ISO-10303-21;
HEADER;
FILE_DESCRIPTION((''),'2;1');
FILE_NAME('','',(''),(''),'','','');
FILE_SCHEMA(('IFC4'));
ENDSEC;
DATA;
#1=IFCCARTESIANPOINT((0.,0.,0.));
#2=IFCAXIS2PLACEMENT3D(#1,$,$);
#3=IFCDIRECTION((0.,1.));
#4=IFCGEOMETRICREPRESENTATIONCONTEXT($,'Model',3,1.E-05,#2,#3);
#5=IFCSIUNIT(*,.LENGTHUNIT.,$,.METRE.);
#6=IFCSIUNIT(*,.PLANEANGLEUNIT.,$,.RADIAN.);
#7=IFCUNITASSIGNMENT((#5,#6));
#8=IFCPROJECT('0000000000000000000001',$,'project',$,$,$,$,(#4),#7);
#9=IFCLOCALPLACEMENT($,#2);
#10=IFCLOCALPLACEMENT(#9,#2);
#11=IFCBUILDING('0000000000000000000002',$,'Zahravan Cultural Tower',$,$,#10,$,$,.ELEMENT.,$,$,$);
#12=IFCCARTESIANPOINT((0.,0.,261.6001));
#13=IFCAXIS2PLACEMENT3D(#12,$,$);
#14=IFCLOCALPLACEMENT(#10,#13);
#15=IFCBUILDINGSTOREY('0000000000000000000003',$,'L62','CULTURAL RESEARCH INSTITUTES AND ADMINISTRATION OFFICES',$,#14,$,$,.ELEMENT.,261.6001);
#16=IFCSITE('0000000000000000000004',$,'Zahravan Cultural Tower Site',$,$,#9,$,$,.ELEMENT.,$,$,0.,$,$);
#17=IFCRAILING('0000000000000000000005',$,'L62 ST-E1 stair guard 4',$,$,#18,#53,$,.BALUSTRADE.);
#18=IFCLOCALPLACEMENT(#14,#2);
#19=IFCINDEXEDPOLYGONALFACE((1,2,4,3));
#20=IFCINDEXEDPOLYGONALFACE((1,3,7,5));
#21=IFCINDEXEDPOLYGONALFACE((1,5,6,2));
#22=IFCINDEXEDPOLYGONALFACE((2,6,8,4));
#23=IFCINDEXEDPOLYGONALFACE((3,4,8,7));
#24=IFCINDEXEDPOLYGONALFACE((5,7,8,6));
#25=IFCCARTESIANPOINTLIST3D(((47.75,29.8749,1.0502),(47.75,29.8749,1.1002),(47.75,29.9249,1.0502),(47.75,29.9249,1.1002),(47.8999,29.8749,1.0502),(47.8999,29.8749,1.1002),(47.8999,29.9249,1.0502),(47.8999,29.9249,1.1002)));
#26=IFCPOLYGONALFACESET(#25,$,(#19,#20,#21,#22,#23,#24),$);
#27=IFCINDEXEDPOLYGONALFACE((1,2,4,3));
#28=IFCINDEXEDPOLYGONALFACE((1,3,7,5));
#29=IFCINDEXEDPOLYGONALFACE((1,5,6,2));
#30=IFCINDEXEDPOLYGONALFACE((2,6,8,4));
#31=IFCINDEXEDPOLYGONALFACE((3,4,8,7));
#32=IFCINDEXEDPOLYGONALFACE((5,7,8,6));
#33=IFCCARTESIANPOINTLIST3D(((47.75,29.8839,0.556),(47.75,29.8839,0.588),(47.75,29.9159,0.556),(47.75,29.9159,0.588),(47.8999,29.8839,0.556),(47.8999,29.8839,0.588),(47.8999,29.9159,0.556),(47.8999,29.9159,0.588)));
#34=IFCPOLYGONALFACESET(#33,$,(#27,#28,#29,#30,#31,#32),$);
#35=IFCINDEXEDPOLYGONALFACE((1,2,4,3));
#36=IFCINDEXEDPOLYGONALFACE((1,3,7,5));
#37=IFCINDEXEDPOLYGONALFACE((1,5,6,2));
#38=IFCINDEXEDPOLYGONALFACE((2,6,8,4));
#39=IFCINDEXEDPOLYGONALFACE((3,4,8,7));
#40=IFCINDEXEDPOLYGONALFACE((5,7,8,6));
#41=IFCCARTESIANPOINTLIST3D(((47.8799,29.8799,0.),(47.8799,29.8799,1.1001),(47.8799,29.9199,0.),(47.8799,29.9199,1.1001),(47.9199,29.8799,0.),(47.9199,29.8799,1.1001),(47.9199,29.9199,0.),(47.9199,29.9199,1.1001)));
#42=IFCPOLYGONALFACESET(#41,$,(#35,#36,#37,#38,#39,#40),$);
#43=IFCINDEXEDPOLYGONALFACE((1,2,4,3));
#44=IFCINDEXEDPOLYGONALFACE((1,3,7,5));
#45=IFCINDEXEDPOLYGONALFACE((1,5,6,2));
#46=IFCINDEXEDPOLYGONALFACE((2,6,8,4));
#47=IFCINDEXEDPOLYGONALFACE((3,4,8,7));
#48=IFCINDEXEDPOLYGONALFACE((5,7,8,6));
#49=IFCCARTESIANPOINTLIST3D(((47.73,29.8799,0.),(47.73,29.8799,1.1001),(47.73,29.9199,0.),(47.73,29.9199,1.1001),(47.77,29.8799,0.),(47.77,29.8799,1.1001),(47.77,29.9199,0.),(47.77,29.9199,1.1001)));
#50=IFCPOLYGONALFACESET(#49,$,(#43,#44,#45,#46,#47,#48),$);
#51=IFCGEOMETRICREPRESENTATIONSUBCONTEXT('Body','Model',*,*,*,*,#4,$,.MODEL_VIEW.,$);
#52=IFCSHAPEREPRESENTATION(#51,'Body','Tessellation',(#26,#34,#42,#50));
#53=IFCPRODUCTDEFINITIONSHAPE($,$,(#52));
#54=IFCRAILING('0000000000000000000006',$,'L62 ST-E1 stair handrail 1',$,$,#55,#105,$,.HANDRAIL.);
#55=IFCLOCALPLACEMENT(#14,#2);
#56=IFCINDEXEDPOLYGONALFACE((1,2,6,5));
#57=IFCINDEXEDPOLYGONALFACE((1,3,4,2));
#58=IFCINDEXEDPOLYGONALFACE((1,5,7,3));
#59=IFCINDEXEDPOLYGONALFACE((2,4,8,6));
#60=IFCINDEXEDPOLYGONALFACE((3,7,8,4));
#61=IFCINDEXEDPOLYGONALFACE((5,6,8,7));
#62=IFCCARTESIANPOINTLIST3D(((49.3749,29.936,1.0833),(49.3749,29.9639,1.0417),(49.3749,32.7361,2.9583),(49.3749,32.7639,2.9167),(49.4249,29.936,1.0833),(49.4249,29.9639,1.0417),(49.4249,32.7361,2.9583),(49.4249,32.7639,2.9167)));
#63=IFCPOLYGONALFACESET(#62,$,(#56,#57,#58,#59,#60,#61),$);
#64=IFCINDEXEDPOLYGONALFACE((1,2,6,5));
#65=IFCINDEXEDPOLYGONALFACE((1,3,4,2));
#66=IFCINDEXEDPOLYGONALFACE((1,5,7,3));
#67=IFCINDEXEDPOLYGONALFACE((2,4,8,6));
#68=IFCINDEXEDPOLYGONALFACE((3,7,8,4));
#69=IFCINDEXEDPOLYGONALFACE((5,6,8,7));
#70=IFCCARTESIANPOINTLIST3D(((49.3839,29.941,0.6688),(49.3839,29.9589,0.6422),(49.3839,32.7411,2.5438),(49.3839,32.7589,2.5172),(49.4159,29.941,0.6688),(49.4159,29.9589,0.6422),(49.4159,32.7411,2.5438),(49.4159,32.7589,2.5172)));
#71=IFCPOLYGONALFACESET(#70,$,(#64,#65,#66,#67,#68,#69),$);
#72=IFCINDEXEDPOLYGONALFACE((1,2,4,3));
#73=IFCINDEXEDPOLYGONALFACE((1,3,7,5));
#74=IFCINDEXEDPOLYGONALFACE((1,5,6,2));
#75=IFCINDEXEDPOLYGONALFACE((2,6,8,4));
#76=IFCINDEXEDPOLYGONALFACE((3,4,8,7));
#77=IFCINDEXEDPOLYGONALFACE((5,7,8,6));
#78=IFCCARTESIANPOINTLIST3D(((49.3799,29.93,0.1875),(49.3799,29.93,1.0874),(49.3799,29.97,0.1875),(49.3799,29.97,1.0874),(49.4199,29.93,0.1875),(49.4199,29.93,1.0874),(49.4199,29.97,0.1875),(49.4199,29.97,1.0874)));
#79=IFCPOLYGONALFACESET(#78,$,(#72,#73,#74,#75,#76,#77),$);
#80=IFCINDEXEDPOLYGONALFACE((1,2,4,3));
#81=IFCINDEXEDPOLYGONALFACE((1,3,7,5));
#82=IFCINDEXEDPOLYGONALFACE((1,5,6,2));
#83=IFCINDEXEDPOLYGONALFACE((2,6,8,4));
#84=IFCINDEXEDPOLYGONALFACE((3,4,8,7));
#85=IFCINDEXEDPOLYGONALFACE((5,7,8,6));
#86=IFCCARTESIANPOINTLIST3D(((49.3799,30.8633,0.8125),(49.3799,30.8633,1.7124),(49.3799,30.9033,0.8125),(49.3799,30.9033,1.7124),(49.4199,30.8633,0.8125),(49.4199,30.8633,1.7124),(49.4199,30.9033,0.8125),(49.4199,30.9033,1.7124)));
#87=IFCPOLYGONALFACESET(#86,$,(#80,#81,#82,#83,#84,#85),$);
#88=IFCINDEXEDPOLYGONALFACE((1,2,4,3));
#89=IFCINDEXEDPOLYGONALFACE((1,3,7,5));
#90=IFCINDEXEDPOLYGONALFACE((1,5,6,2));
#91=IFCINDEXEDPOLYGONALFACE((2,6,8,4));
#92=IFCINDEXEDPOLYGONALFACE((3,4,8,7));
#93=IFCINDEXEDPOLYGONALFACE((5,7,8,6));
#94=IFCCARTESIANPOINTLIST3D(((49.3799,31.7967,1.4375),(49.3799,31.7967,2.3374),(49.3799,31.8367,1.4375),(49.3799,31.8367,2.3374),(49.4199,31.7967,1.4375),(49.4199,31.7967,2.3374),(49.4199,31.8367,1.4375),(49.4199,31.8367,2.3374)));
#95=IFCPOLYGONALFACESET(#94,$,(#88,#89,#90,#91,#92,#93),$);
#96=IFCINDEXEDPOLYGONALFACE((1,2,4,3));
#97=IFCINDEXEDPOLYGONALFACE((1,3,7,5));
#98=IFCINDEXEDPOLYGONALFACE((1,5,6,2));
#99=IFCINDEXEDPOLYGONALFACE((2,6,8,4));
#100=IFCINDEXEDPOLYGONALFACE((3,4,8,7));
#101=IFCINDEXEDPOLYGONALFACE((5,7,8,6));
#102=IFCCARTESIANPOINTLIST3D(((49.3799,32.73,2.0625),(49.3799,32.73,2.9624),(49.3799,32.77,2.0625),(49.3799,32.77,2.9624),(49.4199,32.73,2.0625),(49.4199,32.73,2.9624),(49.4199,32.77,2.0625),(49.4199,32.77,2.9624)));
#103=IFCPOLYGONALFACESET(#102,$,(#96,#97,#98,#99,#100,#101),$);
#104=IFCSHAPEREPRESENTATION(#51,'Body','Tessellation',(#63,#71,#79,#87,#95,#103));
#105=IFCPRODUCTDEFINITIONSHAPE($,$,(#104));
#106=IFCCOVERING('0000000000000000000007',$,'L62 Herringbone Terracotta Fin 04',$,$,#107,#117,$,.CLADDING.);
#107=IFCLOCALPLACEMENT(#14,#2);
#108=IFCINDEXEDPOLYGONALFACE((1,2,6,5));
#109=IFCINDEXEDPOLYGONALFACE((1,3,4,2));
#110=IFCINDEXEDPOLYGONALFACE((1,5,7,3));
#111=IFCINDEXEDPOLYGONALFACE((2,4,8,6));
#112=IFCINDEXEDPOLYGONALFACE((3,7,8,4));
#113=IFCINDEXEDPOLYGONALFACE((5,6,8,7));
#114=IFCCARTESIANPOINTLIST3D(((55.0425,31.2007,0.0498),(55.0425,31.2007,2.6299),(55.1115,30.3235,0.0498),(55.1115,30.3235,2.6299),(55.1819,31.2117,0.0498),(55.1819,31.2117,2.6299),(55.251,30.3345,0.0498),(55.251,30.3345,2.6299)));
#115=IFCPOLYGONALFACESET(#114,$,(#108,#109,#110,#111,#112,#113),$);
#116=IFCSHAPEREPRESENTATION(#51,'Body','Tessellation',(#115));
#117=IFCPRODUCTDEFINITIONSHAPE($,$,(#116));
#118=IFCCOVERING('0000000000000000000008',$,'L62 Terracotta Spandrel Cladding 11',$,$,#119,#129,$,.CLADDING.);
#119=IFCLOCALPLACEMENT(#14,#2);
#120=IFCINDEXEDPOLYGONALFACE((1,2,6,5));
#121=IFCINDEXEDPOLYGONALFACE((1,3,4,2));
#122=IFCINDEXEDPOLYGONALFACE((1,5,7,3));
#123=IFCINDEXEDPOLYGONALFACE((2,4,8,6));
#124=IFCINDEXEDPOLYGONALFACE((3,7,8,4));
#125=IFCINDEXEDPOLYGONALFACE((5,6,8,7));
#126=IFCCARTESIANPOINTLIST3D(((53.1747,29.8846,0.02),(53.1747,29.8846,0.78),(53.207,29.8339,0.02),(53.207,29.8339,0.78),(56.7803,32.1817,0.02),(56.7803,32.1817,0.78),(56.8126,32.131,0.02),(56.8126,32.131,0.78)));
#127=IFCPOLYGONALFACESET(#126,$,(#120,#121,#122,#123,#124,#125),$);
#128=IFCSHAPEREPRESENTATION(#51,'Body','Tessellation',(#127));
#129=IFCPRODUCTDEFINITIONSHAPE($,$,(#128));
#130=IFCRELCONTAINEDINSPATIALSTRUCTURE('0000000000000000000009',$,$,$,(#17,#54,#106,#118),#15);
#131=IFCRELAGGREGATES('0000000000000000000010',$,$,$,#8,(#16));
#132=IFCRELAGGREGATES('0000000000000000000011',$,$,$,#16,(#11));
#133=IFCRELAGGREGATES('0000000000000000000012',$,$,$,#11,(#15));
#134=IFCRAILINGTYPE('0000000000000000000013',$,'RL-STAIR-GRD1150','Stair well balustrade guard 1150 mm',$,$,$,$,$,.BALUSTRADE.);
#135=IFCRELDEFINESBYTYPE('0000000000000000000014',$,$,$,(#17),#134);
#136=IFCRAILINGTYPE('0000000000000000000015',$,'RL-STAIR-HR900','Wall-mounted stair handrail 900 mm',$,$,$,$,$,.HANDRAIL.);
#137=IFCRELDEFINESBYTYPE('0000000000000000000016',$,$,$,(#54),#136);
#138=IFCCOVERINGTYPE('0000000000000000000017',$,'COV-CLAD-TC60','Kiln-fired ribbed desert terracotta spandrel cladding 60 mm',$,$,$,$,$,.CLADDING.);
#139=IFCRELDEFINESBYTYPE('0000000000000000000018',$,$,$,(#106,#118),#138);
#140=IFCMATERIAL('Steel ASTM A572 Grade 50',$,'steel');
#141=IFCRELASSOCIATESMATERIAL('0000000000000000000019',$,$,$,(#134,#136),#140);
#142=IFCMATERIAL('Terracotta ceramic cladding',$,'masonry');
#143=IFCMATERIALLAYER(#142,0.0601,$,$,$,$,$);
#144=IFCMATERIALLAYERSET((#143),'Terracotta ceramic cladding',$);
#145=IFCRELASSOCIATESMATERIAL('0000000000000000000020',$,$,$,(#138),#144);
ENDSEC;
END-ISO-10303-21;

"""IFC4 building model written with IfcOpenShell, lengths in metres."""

from ifc_helpers import new_model, si_unit, direction, frame, origin, origin_2d, place, context, subcontext, project, spatial, rectangle, extrude, source, transform, mapped, material, layer, layer_set, type_object, element, save


model = new_model("IFC4")

# Units and contexts
model_context = context("Model", 3, precision=1e-05, world=origin(), true_north=direction((0.0, 1.0)))
body_context = subcontext(model_context, "Body", "Model", "MODEL_VIEW")
ifc_project = project(units=[si_unit("LENGTHUNIT", "METRE"), si_unit("PLANEANGLEUNIT", "RADIAN")], contexts=[model_context])

# Site, building, storey
site_placement = place(None, origin())
site = spatial("IfcSite", under=ifc_project, at=site_placement, Name="Zahravan Cultural Tower Site", CompositionType="ELEMENT", RefElevation=0.0)
building_placement = place(site_placement, origin())
building = spatial("IfcBuilding", under=site, at=building_placement, Name="Zahravan Cultural Tower", CompositionType="ELEMENT")
storey_placement = place(building_placement, frame((0.0, 0.0, 261.6001)))
storey = spatial("IfcBuildingStorey", under=building, at=storey_placement, Name="L62", Description="CULTURAL RESEARCH INSTITUTES AND ADMINISTRATION OFFICES", CompositionType="ELEMENT", Elevation=261.6001)

# Railings
ifc_material_1 = material(Name="Steel ASTM A572 Grade 50", Category="steel")
railing_type_1 = type_object("IfcRailingType", Name="RL-STAIR-GRD1150", Description="Stair well balustrade guard 1150 mm", PredefinedType="BALUSTRADE", material=ifc_material_1)
railing_1_placement = place(storey_placement, frame((47.8999, 29.8999, 0.0)))
element("IfcRailing", 1, at=railing_1_placement, inside=storey, type_object=railing_type_1, Name="L62 ST-E1 stair guard 4", PredefinedType="BALUSTRADE", context=body_context, shape_type="SweptSolid", body=[
    extrude(rectangle(XDim=0.05, YDim=0.05, at=origin_2d()), frame((0.0, 0.0, 1.0752), z_axis=(-1.0, 0.0, 0.0), x_axis=(0.0, -1.0, 0.0)), (0.0, 0.0, 1.0), 0.1499),
    extrude(rectangle(XDim=0.032, YDim=0.032, at=origin_2d()), frame((0.0, 0.0, 0.572), z_axis=(-1.0, 0.0, 0.0), x_axis=(0.0, -1.0, 0.0)), (0.0, 0.0, 1.0), 0.1499),
    extrude(rectangle(XDim=0.04, YDim=0.04, at=origin_2d()), origin(), (0.0, 0.0, 1.0), 1.1001),
    extrude(rectangle(XDim=0.04, YDim=0.04, at=origin_2d()), frame((-0.1499, 0.0, 0.0)), (0.0, 0.0, 1.0), 1.1001),
])
railing_type_2 = type_object("IfcRailingType", Name="RL-STAIR-HR900", Description="Wall-mounted stair handrail 900 mm", PredefinedType="HANDRAIL", material=ifc_material_1)
railing_2_placement = place(storey_placement, frame((49.3999, 29.95, 0.1875)))
element("IfcRailing", 2, at=railing_2_placement, inside=storey, type_object=railing_type_2, Name="L62 ST-E1 stair handrail 1", PredefinedType="HANDRAIL", context=body_context, shape_type="SweptSolid", body=[
    extrude(rectangle(XDim=0.05, YDim=0.05, at=origin_2d()), frame((0.0, 0.0, 0.875), z_axis=(0.0, 0.830912, 0.556404), x_axis=(-1.0, 0.0, 0.0)), (0.0, 0.0, 1.0), 3.3699),
    extrude(rectangle(XDim=0.032, YDim=0.032, at=origin_2d()), frame((0.0, 0.0, 0.468), z_axis=(0.0, 0.830912, 0.556404), x_axis=(-1.0, 0.0, 0.0)), (0.0, 0.0, 1.0), 3.3699),
    extrude(rectangle(XDim=0.04, YDim=0.04, at=origin_2d()), origin(), (0.0, 0.0, 1.0), 0.8999),
    extrude(rectangle(XDim=0.04, YDim=0.04, at=origin_2d()), frame((0.0, 0.9333, 0.625)), (0.0, 0.0, 1.0), 0.8999),
    extrude(rectangle(XDim=0.04, YDim=0.04, at=origin_2d()), frame((0.0, 1.8667, 1.25)), (0.0, 0.0, 1.0), 0.8999),
    extrude(rectangle(XDim=0.04, YDim=0.04, at=origin_2d()), frame((0.0, 2.8, 1.875)), (0.0, 0.0, 1.0), 0.8999),
])

# Coverings
ifc_material_2 = material(Name="Terracotta ceramic cladding", Category="masonry")
ifc_layer_1 = layer(ifc_material_2, 0.0601)
ifc_layer_set_1 = layer_set([ifc_layer_1], Name="Terracotta ceramic cladding")
covering_type = type_object("IfcCoveringType", Name="COV-CLAD-TC60", Description="Kiln-fired ribbed desert terracotta spandrel cladding 60 mm", PredefinedType="CLADDING", material=ifc_layer_set_1)
shared_shape_1 = source(origin(), body_context, "Body", "SweptSolid", [
    extrude(rectangle(XDim=0.8799, YDim=0.1399, at=origin_2d()), origin(), (0.0, 0.0, 1.0), 2.5801),
])
covering_1_placement = place(storey_placement, frame((55.1467, 30.7676, 0.0498), z_axis=(0.0, 0.0, 1.0), x_axis=(0.078476, -0.996916, 0.0)))
element("IfcCovering", 3, at=covering_1_placement, inside=storey, type_object=covering_type, Name="L62 Herringbone Terracotta Fin 04", PredefinedType="CLADDING", context=body_context, shape_type="MappedRepresentation", body=[
    mapped(shared_shape_1, transform((0.0, 0.0, 0.0), x_axis=(1.0, 0.0, 0.0), y_axis=(0.0, 1.0, 0.0), z_axis=(0.0, 0.0, 1.0), scale=1.0)),
])
shared_shape_2 = source(origin(), body_context, "Body", "SweptSolid", [
    extrude(rectangle(XDim=4.2751, YDim=0.0601, at=origin_2d()), origin(), (0.0, 0.0, 1.0), 0.76),
])
covering_2_placement = place(storey_placement, frame((54.9937, 31.0078, 0.02), z_axis=(0.0, 0.0, 1.0), x_axis=(-0.843382, -0.537314, 0.0)))
element("IfcCovering", 4, at=covering_2_placement, inside=storey, type_object=covering_type, Name="L62 Terracotta Spandrel Cladding 11", PredefinedType="CLADDING", context=body_context, shape_type="MappedRepresentation", body=[
    mapped(shared_shape_2, transform((0.0, 0.0, 0.0), x_axis=(1.0, 0.0, 0.0), y_axis=(0.0, 1.0, 0.0), z_axis=(0.0, 0.0, 1.0), scale=1.0)),
])

save(model, "model.ifc")
